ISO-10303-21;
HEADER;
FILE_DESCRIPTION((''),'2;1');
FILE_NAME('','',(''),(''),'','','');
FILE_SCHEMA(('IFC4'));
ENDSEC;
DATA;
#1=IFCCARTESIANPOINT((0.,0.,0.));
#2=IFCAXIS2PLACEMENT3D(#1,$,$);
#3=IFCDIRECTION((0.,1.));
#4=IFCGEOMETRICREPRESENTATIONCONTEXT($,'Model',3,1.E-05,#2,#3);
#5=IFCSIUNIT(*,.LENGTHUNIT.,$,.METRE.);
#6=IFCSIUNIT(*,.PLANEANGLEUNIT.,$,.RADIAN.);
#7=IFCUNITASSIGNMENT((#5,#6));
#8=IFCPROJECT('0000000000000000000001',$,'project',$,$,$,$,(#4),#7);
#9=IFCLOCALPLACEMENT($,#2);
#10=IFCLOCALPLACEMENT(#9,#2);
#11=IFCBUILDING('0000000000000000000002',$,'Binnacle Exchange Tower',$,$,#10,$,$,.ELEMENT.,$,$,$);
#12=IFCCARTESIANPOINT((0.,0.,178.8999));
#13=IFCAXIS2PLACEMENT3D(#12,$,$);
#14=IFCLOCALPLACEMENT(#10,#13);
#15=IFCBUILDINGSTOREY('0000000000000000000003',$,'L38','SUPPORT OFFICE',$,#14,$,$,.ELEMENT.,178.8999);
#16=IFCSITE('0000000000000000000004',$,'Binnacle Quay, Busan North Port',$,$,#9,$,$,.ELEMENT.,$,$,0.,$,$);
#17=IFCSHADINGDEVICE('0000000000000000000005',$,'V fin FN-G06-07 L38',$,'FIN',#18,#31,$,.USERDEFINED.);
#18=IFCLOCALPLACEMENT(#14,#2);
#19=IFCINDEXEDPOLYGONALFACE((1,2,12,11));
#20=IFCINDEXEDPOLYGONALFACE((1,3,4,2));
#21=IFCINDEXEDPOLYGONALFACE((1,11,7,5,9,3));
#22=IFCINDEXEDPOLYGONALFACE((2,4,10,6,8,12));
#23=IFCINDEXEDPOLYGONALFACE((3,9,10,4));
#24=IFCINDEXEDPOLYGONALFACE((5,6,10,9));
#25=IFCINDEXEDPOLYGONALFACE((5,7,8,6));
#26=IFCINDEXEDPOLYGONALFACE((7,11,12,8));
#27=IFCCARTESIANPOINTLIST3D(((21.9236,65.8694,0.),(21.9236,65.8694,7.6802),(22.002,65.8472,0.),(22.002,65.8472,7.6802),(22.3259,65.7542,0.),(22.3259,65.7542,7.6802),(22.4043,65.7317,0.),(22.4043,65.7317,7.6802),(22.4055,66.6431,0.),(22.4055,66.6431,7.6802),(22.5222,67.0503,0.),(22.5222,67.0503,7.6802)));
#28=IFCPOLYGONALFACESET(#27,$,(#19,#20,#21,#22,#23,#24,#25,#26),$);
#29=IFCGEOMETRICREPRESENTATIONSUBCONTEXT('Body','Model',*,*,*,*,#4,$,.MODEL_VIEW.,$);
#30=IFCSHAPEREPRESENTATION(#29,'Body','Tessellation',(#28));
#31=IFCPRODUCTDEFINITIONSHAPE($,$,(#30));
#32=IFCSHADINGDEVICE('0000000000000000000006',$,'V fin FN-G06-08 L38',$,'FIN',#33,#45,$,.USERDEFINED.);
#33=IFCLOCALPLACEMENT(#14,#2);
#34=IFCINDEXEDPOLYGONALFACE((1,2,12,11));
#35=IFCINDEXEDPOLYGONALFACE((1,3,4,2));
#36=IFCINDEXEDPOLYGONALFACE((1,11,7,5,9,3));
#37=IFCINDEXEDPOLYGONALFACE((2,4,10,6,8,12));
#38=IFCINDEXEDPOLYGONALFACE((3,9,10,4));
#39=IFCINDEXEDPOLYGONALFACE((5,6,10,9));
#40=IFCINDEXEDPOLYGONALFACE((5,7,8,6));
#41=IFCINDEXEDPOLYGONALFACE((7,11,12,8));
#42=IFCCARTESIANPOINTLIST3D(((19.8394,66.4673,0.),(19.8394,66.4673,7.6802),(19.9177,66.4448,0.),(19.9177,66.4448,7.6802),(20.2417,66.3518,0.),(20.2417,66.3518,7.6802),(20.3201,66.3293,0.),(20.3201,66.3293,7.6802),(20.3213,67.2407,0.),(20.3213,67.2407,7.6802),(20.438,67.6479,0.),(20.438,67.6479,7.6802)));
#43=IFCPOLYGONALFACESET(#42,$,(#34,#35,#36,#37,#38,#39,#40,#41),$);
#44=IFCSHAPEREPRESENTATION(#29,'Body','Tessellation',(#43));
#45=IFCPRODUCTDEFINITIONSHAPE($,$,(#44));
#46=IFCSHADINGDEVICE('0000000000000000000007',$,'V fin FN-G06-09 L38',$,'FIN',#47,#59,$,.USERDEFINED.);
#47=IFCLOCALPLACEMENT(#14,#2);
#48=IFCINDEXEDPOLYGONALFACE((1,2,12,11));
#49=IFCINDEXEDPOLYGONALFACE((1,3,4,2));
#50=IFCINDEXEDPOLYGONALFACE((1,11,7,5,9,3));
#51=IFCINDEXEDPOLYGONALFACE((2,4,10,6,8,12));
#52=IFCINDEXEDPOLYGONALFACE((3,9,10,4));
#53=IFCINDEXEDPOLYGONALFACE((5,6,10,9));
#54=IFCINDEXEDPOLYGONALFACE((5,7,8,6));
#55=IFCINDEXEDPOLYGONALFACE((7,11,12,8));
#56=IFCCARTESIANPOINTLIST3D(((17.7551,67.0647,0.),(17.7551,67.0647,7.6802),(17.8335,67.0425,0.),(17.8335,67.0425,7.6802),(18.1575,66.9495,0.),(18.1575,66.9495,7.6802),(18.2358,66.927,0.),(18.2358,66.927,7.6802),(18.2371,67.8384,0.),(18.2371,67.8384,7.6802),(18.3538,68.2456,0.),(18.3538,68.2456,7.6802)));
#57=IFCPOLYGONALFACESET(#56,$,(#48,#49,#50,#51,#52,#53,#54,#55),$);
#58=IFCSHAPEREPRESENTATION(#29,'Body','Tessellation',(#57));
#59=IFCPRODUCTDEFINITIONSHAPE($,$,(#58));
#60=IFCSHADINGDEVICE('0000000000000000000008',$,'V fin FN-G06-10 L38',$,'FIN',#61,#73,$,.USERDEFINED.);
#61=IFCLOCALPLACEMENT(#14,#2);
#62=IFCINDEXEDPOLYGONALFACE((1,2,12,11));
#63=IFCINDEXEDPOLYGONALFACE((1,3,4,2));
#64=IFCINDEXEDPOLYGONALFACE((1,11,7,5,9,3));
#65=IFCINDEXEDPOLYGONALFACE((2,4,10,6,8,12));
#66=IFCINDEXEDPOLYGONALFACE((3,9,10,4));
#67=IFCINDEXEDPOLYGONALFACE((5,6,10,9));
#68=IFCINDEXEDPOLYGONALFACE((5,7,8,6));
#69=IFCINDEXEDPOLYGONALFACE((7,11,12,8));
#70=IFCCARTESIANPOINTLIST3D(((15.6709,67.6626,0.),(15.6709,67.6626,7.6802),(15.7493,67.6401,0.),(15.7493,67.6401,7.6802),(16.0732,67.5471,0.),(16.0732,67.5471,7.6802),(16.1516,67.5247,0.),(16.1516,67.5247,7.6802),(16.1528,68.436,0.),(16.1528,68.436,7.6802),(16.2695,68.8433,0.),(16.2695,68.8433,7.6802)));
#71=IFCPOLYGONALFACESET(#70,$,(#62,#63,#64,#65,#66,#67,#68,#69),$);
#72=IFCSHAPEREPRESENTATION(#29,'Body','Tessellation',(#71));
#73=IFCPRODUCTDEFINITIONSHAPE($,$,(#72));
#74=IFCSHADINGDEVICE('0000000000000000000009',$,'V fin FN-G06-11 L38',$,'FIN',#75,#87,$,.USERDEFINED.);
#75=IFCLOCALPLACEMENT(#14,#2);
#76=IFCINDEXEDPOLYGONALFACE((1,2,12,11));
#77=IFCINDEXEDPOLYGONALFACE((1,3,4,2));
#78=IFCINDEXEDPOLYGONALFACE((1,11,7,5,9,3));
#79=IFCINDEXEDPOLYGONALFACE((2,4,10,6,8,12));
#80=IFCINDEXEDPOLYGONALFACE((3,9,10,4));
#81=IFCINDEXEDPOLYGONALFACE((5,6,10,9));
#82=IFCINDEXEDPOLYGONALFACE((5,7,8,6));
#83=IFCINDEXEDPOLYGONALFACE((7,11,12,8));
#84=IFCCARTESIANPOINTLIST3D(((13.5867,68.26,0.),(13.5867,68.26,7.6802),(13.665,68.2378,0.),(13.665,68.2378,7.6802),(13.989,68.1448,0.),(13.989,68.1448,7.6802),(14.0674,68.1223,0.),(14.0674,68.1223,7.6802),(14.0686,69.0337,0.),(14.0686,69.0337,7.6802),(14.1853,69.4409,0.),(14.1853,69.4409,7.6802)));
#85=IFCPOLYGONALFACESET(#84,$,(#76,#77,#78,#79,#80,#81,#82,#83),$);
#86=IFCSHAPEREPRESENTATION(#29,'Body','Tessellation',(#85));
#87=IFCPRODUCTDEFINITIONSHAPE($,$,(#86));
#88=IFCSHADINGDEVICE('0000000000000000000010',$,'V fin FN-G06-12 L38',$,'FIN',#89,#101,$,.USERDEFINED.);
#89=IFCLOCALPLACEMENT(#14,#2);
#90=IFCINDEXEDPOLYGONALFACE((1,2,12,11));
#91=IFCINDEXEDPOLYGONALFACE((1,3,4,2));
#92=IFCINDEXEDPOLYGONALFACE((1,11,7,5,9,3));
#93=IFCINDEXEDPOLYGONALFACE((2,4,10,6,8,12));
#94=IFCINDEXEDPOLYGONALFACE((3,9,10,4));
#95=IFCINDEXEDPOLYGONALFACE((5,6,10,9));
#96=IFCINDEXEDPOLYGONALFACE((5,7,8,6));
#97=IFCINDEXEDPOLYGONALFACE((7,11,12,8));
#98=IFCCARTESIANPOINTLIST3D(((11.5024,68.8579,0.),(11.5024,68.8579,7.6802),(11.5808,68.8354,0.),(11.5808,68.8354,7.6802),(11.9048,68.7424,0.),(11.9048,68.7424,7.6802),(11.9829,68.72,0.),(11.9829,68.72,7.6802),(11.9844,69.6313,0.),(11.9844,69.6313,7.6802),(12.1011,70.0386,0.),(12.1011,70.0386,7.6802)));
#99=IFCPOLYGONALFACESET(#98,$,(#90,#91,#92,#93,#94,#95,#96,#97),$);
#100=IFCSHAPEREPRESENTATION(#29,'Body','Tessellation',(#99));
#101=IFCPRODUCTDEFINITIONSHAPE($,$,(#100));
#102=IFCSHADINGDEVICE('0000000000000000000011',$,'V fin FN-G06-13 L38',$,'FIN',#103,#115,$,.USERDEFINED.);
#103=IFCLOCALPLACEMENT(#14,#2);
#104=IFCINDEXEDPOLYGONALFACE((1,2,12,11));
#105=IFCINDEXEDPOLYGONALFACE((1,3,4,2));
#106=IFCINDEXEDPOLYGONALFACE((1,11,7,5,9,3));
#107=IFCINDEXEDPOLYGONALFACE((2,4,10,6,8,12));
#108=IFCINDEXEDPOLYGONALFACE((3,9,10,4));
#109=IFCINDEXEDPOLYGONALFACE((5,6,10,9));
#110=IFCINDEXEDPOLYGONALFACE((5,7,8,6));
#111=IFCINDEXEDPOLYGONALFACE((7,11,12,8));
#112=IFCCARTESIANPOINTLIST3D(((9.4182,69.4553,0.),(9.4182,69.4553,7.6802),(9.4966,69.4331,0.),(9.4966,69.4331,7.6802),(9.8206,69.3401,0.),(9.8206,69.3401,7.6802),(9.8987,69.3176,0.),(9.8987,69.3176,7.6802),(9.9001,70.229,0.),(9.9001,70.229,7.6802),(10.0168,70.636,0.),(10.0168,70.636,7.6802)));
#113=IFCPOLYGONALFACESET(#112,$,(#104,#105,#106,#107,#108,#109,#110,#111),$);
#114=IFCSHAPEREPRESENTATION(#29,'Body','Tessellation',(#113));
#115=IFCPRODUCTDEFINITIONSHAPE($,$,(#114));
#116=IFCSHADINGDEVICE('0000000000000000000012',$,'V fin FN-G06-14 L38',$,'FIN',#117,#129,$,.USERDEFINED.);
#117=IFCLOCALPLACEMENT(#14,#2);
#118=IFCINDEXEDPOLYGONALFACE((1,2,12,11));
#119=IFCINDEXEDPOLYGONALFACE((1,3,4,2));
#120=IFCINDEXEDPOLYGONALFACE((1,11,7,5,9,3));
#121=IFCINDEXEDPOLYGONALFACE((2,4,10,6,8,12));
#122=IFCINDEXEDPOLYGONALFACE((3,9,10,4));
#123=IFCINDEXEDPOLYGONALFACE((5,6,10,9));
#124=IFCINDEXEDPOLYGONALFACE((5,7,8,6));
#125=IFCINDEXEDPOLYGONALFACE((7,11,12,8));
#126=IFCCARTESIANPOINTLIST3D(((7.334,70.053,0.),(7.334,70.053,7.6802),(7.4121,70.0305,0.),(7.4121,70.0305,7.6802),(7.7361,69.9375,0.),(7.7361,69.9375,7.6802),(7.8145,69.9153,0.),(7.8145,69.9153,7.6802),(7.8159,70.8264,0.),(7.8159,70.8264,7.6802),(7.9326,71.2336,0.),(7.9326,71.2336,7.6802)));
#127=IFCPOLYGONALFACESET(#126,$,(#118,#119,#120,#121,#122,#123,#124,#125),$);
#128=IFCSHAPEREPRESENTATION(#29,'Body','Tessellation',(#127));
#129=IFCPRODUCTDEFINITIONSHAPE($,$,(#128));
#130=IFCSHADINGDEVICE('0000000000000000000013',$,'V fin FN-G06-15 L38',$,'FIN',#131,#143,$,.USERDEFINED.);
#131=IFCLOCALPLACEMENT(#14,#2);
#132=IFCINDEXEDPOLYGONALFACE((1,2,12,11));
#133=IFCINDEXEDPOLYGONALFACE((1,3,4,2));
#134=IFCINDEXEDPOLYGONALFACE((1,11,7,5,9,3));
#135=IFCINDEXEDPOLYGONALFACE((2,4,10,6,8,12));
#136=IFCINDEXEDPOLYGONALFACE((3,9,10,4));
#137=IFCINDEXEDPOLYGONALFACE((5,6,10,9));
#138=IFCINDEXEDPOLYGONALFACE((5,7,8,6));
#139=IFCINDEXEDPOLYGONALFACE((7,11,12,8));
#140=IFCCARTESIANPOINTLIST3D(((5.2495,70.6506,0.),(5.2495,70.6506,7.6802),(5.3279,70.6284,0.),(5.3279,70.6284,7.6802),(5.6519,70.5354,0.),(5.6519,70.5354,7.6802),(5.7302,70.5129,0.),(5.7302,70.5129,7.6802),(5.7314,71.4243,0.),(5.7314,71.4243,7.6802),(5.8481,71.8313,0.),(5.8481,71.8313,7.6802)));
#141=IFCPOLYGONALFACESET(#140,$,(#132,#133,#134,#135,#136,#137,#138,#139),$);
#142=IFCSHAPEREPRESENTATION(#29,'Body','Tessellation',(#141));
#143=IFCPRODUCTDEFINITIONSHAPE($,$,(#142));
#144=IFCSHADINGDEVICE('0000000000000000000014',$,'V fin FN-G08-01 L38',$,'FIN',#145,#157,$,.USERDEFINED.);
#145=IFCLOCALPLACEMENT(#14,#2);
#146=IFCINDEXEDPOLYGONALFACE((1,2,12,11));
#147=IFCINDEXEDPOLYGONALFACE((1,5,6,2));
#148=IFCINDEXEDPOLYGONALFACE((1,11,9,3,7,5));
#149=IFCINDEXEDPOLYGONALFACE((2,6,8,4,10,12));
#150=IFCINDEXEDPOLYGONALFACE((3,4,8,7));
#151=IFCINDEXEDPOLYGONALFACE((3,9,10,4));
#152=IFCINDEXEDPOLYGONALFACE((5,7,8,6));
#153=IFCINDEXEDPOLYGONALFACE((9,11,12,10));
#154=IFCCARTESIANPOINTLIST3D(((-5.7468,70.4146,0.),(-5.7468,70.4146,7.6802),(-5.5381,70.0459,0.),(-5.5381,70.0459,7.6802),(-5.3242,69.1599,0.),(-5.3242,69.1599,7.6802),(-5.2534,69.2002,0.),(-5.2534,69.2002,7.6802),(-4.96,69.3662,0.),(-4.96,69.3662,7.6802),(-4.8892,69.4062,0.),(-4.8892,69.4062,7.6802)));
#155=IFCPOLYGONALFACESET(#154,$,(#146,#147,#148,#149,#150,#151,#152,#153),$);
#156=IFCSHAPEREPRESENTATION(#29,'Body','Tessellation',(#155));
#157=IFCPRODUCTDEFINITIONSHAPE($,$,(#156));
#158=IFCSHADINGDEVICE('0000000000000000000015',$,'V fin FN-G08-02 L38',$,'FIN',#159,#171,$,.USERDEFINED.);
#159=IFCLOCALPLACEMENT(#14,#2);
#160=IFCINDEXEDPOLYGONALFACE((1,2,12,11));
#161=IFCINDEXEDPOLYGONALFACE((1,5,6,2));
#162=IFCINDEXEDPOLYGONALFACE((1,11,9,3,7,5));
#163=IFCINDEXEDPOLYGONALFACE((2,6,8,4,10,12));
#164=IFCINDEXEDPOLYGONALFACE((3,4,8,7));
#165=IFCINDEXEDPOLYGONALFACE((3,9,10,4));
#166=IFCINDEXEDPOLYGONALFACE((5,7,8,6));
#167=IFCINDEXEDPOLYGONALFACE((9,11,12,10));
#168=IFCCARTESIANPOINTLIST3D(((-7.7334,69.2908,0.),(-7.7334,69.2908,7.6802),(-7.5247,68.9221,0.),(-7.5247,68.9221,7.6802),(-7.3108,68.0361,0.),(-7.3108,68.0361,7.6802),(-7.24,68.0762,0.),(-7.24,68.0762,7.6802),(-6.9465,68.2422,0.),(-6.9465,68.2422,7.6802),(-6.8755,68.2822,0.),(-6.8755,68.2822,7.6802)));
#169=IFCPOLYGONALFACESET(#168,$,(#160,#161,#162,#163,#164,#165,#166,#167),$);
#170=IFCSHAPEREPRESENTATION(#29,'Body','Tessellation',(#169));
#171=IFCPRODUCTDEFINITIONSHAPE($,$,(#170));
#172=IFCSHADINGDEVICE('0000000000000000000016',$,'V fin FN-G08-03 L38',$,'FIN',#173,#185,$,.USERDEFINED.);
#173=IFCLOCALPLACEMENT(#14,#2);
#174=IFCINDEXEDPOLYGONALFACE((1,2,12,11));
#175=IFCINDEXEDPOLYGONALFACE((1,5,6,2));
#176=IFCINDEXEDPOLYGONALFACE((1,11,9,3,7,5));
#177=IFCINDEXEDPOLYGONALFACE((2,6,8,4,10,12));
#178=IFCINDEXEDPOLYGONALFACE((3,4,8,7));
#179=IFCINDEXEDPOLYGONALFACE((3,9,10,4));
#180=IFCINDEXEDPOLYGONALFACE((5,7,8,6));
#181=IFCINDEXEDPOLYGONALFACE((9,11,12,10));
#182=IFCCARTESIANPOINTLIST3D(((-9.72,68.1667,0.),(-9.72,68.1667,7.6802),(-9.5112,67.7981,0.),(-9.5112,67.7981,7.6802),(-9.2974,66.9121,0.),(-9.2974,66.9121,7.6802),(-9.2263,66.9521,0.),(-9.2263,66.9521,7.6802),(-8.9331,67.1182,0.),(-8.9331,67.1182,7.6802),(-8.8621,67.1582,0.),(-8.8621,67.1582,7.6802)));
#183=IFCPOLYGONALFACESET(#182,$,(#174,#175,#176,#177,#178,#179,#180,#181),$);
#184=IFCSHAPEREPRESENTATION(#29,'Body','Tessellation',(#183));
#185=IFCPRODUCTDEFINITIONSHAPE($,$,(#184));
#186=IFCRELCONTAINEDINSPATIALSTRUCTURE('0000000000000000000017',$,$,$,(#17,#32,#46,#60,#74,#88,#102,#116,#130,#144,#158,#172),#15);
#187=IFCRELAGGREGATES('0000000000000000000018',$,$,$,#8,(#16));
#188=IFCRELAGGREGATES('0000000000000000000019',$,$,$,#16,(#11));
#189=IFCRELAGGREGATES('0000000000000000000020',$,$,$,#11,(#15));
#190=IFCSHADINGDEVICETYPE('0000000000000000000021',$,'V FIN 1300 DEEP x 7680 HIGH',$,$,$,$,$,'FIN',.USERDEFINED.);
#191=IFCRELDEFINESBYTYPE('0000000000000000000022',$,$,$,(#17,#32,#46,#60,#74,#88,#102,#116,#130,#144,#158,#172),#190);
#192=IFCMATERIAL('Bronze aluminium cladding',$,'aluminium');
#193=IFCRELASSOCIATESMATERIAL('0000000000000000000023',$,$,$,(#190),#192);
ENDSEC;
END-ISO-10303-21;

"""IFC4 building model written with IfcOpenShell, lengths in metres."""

from ifc_helpers import new_model, si_unit, direction, frame, origin, place, context, subcontext, project, spatial, polyline, outline, extrude, material, type_object, element, save


model = new_model("IFC4")

# Units and contexts
model_context = context("Model", 3, precision=1e-05, world=origin(), true_north=direction((0.0, 1.0)))
body_context = subcontext(model_context, "Body", "Model", "MODEL_VIEW")
ifc_project = project(units=[si_unit("LENGTHUNIT", "METRE"), si_unit("PLANEANGLEUNIT", "RADIAN")], contexts=[model_context])

# Site, building, storey
site_placement = place(None, origin())
site = spatial("IfcSite", under=ifc_project, at=site_placement, Name="Binnacle Quay, Busan North Port", CompositionType="ELEMENT", RefElevation=0.0)
building_placement = place(site_placement, origin())
building = spatial("IfcBuilding", under=site, at=building_placement, Name="Binnacle Exchange Tower", CompositionType="ELEMENT")
storey_placement = place(building_placement, frame((0.0, 0.0, 178.8999)))
storey = spatial("IfcBuildingStorey", under=building, at=storey_placement, Name="L38", Description="SUPPORT OFFICE", CompositionType="ELEMENT", Elevation=178.8999)

# Shading devices
ifc_material = material(Name="Bronze aluminium cladding", Category="aluminium")
shading_device_type = type_object("IfcShadingDeviceType", Name="V FIN 1300 DEEP x 7680 HIGH", ElementType="FIN", PredefinedType="USERDEFINED", material=ifc_material)
shading_device_1_placement = place(storey_placement, origin())
element("IfcShadingDevice", 1, at=shading_device_1_placement, inside=storey, type_object=shading_device_type, Name="V fin FN-G06-07 L38", ObjectType="FIN", PredefinedType="USERDEFINED", context=body_context, shape_type="SweptSolid", body=[
    extrude(outline(polyline([(22.4043, 65.7317), (22.5222, 67.0503), (21.9236, 65.8694), (22.002, 65.8472), (22.4055, 66.6431), (22.3259, 65.7542), (22.4043, 65.7317)])), origin(), (0.0, 0.0, 1.0), 7.6802),
])
shading_device_2_placement = place(storey_placement, origin())
element("IfcShadingDevice", 2, at=shading_device_2_placement, inside=storey, type_object=shading_device_type, Name="V fin FN-G06-08 L38", ObjectType="FIN", PredefinedType="USERDEFINED", context=body_context, shape_type="SweptSolid", body=[
    extrude(outline(polyline([(20.3201, 66.3293), (20.438, 67.6479), (19.8394, 66.4673), (19.9177, 66.4448), (20.3213, 67.2407), (20.2417, 66.3518), (20.3201, 66.3293)])), origin(), (0.0, 0.0, 1.0), 7.6802),
])
shading_device_3_placement = place(storey_placement, origin())
element("IfcShadingDevice", 3, at=shading_device_3_placement, inside=storey, type_object=shading_device_type, Name="V fin FN-G06-09 L38", ObjectType="FIN", PredefinedType="USERDEFINED", context=body_context, shape_type="SweptSolid", body=[
    extrude(outline(polyline([(18.2358, 66.927), (18.3538, 68.2456), (17.7551, 67.0647), (17.8335, 67.0425), (18.2371, 67.8384), (18.1575, 66.9495), (18.2358, 66.927)])), origin(), (0.0, 0.0, 1.0), 7.6802),
])
shading_device_4_placement = place(storey_placement, origin())
element("IfcShadingDevice", 4, at=shading_device_4_placement, inside=storey, type_object=shading_device_type, Name="V fin FN-G06-10 L38", ObjectType="FIN", PredefinedType="USERDEFINED", context=body_context, shape_type="SweptSolid", body=[
    extrude(outline(polyline([(16.1516, 67.5247), (16.2695, 68.8433), (15.6709, 67.6626), (15.7493, 67.6401), (16.1528, 68.436), (16.0732, 67.5471), (16.1516, 67.5247)])), origin(), (0.0, 0.0, 1.0), 7.6802),
])
shading_device_5_placement = place(storey_placement, origin())
element("IfcShadingDevice", 5, at=shading_device_5_placement, inside=storey, type_object=shading_device_type, Name="V fin FN-G06-11 L38", ObjectType="FIN", PredefinedType="USERDEFINED", context=body_context, shape_type="SweptSolid", body=[
    extrude(outline(polyline([(14.0674, 68.1223), (14.1853, 69.4409), (13.5867, 68.26), (13.665, 68.2378), (14.0686, 69.0337), (13.989, 68.1448), (14.0674, 68.1223)])), origin(), (0.0, 0.0, 1.0), 7.6802),
])
shading_device_6_placement = place(storey_placement, origin())
element("IfcShadingDevice", 6, at=shading_device_6_placement, inside=storey, type_object=shading_device_type, Name="V fin FN-G06-12 L38", ObjectType="FIN", PredefinedType="USERDEFINED", context=body_context, shape_type="SweptSolid", body=[
    extrude(outline(polyline([(11.9829, 68.72), (12.1011, 70.0386), (11.5024, 68.8579), (11.5808, 68.8354), (11.9844, 69.6313), (11.9048, 68.7424), (11.9829, 68.72)])), origin(), (0.0, 0.0, 1.0), 7.6802),
])
shading_device_7_placement = place(storey_placement, origin())
element("IfcShadingDevice", 7, at=shading_device_7_placement, inside=storey, type_object=shading_device_type, Name="V fin FN-G06-13 L38", ObjectType="FIN", PredefinedType="USERDEFINED", context=body_context, shape_type="SweptSolid", body=[
    extrude(outline(polyline([(9.8987, 69.3176), (10.0168, 70.636), (9.4182, 69.4553), (9.4966, 69.4331), (9.9001, 70.229), (9.8206, 69.3401), (9.8987, 69.3176)])), origin(), (0.0, 0.0, 1.0), 7.6802),
])
shading_device_8_placement = place(storey_placement, origin())
element("IfcShadingDevice", 8, at=shading_device_8_placement, inside=storey, type_object=shading_device_type, Name="V fin FN-G06-14 L38", ObjectType="FIN", PredefinedType="USERDEFINED", context=body_context, shape_type="SweptSolid", body=[
    extrude(outline(polyline([(7.8145, 69.9153), (7.9326, 71.2336), (7.334, 70.053), (7.4121, 70.0305), (7.8159, 70.8264), (7.7361, 69.9375), (7.8145, 69.9153)])), origin(), (0.0, 0.0, 1.0), 7.6802),
])
shading_device_9_placement = place(storey_placement, origin())
element("IfcShadingDevice", 9, at=shading_device_9_placement, inside=storey, type_object=shading_device_type, Name="V fin FN-G06-15 L38", ObjectType="FIN", PredefinedType="USERDEFINED", context=body_context, shape_type="SweptSolid", body=[
    extrude(outline(polyline([(5.7302, 70.5129), (5.8481, 71.8313), (5.2495, 70.6506), (5.3279, 70.6284), (5.7314, 71.4243), (5.6519, 70.5354), (5.7302, 70.5129)])), origin(), (0.0, 0.0, 1.0), 7.6802),
])
shading_device_10_placement = place(storey_placement, origin())
element("IfcShadingDevice", 10, at=shading_device_10_placement, inside=storey, type_object=shading_device_type, Name="V fin FN-G08-01 L38", ObjectType="FIN", PredefinedType="USERDEFINED", context=body_context, shape_type="SweptSolid", body=[
    extrude(outline(polyline([(-4.8892, 69.4062), (-5.7468, 70.4146), (-5.3242, 69.1599), (-5.2534, 69.2002), (-5.5381, 70.0459), (-4.96, 69.3662), (-4.8892, 69.4062)])), origin(), (0.0, 0.0, 1.0), 7.6802),
])
shading_device_11_placement = place(storey_placement, origin())
element("IfcShadingDevice", 11, at=shading_device_11_placement, inside=storey, type_object=shading_device_type, Name="V fin FN-G08-02 L38", ObjectType="FIN", PredefinedType="USERDEFINED", context=body_context, shape_type="SweptSolid", body=[
    extrude(outline(polyline([(-6.8755, 68.2822), (-7.7334, 69.2908), (-7.3108, 68.0361), (-7.24, 68.0762), (-7.5247, 68.9221), (-6.9465, 68.2422), (-6.8755, 68.2822)])), origin(), (0.0, 0.0, 1.0), 7.6802),
])
shading_device_12_placement = place(storey_placement, origin())
element("IfcShadingDevice", 12, at=shading_device_12_placement, inside=storey, type_object=shading_device_type, Name="V fin FN-G08-03 L38", ObjectType="FIN", PredefinedType="USERDEFINED", context=body_context, shape_type="SweptSolid", body=[
    extrude(outline(polyline([(-8.8621, 67.1582), (-9.72, 68.1667), (-9.2974, 66.9121), (-9.2263, 66.9521), (-9.5112, 67.7981), (-8.9331, 67.1182), (-8.8621, 67.1582)])), origin(), (0.0, 0.0, 1.0), 7.6802),
])

save(model, "model.ifc")
